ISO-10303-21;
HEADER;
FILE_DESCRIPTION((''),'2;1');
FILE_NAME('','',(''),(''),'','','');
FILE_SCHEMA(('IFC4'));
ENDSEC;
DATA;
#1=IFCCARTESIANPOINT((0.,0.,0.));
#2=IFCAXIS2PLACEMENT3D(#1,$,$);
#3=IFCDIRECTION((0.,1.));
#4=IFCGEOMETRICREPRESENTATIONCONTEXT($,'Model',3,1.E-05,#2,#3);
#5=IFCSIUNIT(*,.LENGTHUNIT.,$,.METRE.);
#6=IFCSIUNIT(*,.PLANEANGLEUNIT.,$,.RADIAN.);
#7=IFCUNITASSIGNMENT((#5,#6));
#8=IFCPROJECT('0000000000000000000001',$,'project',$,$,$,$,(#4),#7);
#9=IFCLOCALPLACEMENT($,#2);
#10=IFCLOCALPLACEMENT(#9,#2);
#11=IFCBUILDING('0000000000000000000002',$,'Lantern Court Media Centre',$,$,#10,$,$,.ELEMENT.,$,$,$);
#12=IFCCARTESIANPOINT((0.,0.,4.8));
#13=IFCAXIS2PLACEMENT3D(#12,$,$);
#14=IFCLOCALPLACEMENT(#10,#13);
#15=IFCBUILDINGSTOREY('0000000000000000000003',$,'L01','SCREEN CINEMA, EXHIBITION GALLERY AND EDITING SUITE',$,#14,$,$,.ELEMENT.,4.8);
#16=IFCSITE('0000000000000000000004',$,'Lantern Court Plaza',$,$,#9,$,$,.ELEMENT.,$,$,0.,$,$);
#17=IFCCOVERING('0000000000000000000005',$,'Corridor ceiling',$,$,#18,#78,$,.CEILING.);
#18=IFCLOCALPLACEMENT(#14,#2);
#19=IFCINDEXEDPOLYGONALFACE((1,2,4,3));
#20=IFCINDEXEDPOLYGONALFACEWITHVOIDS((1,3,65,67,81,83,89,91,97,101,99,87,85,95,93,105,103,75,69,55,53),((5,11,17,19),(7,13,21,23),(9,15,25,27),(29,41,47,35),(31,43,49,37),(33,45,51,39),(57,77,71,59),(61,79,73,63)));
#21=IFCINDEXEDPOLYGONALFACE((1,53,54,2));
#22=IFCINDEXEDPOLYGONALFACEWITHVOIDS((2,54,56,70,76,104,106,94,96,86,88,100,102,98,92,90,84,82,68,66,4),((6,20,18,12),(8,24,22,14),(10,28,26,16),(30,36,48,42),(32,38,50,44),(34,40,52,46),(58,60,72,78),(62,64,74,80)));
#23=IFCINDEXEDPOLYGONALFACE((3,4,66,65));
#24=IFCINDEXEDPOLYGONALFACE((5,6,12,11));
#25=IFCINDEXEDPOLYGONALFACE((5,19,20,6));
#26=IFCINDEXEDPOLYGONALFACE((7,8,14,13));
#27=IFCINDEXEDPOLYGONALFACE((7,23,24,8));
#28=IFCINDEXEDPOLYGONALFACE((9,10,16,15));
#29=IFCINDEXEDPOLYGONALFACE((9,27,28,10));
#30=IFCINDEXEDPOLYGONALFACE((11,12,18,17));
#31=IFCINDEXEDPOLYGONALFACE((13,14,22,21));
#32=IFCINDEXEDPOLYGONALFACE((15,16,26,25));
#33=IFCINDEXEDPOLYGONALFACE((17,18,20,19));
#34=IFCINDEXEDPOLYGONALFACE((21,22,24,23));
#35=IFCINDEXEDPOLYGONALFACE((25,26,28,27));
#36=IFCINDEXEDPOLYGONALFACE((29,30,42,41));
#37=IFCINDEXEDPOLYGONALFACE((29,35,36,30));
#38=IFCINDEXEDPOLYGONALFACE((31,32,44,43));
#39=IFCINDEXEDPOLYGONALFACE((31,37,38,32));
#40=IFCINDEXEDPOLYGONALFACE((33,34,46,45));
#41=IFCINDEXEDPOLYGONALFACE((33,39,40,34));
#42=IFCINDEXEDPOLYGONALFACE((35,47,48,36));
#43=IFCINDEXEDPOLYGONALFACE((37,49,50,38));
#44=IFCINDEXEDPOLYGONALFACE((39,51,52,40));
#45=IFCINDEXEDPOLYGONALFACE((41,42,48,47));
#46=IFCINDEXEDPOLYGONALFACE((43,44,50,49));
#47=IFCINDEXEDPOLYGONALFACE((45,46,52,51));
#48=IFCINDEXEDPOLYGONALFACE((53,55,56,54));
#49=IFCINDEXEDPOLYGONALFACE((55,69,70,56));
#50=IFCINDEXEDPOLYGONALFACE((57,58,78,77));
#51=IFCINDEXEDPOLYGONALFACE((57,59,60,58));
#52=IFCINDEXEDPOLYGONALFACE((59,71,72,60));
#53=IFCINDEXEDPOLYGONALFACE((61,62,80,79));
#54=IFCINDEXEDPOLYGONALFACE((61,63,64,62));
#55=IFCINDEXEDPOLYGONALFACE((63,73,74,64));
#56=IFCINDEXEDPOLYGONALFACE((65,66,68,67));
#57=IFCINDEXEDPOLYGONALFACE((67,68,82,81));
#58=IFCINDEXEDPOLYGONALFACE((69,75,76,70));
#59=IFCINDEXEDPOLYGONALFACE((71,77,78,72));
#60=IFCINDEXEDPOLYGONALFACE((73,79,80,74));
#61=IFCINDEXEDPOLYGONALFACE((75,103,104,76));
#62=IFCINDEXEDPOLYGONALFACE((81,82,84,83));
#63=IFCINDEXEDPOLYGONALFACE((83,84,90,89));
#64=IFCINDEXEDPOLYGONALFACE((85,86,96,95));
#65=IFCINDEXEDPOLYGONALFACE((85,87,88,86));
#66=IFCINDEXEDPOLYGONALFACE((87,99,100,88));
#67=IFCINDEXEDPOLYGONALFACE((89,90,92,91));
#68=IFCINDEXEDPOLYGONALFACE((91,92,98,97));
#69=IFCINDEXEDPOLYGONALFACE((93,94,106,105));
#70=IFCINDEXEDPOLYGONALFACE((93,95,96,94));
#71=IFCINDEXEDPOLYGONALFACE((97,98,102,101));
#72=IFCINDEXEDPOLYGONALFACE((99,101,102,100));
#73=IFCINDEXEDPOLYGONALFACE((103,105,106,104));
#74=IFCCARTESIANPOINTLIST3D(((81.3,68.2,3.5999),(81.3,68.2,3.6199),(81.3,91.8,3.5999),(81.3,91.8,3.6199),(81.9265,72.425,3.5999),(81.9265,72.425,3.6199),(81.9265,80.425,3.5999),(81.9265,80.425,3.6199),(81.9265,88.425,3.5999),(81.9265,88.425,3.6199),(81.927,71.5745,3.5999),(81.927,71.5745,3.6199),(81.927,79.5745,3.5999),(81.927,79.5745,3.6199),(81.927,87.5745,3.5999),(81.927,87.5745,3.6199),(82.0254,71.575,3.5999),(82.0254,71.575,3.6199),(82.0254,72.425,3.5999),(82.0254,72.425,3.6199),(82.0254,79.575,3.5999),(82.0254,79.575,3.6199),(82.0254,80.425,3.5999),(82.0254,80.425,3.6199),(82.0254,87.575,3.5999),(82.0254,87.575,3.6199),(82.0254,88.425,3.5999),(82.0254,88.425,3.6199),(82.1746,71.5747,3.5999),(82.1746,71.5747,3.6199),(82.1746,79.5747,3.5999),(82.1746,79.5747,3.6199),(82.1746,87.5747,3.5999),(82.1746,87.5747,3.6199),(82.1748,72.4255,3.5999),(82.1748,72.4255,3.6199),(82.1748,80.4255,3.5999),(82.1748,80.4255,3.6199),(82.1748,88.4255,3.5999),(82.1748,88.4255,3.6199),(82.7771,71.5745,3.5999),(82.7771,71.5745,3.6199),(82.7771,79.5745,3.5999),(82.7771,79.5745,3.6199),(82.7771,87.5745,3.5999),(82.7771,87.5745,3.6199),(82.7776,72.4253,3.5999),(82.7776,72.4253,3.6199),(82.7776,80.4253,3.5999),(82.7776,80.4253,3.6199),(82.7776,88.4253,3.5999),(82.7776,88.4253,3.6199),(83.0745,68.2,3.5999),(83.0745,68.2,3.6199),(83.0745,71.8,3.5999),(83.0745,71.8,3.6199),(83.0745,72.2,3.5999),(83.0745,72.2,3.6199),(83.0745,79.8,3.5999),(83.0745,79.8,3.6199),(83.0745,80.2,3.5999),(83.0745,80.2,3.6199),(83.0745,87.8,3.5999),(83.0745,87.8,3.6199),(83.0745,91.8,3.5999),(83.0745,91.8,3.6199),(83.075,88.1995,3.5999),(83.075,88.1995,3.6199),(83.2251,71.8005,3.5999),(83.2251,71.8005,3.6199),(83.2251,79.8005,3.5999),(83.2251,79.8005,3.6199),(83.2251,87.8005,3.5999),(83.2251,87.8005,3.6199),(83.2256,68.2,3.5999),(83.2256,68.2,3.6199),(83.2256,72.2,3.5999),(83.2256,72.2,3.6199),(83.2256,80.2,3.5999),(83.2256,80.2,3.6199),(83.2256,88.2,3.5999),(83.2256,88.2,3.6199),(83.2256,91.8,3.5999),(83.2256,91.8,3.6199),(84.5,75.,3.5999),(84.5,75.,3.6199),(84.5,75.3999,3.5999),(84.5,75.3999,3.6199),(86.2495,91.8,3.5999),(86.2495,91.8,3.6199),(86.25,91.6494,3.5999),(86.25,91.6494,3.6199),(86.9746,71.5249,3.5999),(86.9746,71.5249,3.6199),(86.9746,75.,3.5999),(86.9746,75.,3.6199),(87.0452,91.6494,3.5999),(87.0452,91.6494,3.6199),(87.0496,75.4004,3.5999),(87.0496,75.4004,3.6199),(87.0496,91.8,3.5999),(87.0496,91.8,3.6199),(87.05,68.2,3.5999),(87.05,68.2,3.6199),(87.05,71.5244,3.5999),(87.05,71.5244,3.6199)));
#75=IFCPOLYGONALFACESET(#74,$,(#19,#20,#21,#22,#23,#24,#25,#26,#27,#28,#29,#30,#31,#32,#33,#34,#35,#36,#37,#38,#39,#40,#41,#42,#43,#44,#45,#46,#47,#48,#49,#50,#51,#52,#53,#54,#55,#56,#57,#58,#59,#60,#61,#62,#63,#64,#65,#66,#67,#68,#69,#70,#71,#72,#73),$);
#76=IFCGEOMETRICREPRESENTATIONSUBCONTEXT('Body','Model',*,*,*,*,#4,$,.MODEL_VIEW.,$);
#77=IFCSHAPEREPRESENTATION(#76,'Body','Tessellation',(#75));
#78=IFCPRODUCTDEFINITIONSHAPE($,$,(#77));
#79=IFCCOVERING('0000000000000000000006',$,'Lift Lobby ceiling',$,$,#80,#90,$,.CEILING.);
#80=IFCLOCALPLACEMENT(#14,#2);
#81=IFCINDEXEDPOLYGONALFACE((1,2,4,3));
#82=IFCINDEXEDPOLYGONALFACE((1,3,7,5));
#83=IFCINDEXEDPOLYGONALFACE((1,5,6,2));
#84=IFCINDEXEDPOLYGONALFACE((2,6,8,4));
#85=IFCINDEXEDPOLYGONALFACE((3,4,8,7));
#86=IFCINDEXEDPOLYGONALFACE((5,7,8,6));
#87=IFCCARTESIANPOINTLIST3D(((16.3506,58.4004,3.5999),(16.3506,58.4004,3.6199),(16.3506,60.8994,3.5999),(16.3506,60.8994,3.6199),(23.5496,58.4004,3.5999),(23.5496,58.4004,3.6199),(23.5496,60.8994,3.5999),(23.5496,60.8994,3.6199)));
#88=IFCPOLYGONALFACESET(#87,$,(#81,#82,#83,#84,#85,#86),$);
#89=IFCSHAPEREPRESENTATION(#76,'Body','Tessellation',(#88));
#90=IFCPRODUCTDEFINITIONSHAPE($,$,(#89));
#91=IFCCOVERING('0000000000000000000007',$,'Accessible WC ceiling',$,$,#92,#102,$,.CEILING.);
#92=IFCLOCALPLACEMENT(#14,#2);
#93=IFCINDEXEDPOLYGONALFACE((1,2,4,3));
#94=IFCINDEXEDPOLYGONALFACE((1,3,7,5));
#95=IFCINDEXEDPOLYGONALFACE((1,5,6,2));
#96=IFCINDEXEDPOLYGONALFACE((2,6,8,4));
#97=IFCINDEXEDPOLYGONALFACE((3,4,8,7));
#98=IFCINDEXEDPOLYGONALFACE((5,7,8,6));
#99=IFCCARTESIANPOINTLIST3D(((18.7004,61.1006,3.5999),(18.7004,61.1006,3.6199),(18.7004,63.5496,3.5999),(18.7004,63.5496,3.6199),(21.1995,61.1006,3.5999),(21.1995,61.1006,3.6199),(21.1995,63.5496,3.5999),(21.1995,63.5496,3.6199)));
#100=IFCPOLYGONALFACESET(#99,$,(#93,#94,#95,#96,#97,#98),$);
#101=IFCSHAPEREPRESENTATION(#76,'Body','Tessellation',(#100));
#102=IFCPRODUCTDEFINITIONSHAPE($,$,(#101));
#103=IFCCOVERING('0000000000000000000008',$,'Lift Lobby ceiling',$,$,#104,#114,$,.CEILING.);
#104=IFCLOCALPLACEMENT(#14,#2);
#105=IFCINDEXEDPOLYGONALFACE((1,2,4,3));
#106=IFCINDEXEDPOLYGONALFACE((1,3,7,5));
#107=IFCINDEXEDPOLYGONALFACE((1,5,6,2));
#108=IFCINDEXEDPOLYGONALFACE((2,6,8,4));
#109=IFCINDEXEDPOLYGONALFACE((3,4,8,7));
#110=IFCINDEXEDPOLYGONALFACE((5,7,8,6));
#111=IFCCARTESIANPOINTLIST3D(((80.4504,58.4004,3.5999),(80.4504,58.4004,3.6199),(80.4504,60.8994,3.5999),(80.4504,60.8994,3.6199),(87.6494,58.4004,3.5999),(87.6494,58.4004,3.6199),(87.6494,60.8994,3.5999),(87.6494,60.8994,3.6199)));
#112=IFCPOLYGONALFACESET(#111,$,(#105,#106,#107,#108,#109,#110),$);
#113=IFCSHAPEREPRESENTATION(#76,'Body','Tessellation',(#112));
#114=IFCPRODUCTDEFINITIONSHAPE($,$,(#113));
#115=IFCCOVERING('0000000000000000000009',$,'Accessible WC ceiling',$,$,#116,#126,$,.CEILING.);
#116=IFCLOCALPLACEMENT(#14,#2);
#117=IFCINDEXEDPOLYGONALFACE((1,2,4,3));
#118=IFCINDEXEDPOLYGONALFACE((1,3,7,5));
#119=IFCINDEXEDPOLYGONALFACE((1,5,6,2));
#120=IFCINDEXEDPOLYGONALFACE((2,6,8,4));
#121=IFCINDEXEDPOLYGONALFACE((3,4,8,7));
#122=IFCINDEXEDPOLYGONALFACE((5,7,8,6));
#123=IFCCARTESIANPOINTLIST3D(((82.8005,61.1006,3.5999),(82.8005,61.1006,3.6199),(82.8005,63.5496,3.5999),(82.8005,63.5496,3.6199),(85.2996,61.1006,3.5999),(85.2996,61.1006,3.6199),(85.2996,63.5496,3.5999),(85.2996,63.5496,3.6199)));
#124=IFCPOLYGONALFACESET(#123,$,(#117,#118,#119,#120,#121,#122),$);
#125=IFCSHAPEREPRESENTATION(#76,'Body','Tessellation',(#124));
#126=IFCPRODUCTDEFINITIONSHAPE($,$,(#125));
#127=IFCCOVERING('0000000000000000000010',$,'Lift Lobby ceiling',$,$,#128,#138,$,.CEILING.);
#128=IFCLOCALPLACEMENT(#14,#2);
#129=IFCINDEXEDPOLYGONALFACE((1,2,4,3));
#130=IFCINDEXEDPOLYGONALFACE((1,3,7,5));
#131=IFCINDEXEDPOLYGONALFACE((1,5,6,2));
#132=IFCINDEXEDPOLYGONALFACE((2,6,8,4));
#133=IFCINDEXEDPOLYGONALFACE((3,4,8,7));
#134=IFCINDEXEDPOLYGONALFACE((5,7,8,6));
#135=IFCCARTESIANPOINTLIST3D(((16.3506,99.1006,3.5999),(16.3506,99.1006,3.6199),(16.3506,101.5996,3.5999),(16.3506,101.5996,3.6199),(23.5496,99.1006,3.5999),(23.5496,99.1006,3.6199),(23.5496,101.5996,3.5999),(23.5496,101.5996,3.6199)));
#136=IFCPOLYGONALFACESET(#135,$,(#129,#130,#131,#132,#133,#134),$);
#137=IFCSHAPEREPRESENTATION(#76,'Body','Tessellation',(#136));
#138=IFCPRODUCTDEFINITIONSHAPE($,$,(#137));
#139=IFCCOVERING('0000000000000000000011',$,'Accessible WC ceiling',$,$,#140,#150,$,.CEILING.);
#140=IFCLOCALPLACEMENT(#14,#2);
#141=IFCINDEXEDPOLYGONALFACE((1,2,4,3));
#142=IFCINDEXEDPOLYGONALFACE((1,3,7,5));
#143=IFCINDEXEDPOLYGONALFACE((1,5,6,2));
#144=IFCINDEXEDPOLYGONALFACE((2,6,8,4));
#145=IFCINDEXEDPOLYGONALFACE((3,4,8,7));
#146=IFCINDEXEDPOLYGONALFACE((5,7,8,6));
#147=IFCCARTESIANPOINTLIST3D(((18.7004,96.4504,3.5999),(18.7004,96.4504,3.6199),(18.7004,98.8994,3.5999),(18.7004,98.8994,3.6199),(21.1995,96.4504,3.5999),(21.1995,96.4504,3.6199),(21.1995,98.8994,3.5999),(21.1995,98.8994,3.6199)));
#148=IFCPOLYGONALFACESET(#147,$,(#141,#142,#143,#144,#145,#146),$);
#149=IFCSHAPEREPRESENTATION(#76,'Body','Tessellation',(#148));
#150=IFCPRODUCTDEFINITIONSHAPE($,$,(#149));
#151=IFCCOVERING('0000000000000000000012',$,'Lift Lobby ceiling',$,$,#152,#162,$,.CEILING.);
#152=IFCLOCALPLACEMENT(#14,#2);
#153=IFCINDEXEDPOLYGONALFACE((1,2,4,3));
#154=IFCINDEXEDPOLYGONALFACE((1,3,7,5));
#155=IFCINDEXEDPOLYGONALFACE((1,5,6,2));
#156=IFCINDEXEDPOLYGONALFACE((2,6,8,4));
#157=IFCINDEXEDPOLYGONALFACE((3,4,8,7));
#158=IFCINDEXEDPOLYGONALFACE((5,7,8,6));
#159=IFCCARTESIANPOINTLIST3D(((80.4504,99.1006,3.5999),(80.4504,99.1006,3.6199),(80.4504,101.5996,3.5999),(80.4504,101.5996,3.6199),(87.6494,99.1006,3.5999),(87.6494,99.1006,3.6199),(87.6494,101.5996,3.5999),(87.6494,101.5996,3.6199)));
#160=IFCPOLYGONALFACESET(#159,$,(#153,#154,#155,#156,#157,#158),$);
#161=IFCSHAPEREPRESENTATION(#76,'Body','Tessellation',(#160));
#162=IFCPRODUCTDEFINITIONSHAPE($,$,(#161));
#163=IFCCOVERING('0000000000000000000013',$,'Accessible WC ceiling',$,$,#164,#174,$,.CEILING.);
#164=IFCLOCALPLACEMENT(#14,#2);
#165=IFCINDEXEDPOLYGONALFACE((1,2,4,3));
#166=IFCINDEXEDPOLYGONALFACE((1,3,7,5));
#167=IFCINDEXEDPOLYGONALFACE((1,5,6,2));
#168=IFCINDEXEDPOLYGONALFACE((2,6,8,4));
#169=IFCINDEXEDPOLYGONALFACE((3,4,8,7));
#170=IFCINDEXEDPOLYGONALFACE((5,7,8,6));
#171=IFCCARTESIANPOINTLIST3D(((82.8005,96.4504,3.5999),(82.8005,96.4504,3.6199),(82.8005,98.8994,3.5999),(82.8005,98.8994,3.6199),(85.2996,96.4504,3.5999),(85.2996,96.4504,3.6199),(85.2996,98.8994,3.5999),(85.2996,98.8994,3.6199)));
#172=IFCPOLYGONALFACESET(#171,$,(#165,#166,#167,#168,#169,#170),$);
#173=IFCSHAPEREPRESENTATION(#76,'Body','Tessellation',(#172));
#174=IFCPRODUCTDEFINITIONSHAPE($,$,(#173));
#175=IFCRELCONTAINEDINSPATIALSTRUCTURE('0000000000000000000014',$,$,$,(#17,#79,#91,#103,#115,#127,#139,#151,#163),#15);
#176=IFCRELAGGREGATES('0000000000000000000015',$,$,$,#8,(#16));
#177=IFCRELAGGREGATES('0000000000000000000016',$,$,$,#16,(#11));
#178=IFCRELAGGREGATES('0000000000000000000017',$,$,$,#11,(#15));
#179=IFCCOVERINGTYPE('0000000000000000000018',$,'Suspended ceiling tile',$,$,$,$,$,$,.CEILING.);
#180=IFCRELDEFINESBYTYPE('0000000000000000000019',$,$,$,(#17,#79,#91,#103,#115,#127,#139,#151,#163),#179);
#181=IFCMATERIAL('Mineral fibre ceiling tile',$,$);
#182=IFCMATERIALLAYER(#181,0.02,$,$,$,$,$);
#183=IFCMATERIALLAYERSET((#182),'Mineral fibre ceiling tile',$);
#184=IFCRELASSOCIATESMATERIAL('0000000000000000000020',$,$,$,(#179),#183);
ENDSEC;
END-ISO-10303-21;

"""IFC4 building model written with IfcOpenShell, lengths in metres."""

from ifc_helpers import new_model, si_unit, direction, frame, origin, place, context, subcontext, project, spatial, polyline, outline, extrude, material, layer, layer_set, type_object, element, save


model = new_model("IFC4")

# Units and contexts
model_context = context("Model", 3, precision=1e-05, world=origin(), true_north=direction((0.0, 1.0)))
body_context = subcontext(model_context, "Body", "Model", "MODEL_VIEW")
ifc_project = project(units=[si_unit("LENGTHUNIT", "METRE"), si_unit("PLANEANGLEUNIT", "RADIAN")], contexts=[model_context])

# Site, building, storey
site_placement = place(None, origin())
site = spatial("IfcSite", under=ifc_project, at=site_placement, Name="Lantern Court Plaza", CompositionType="ELEMENT", RefElevation=0.0)
building_placement = place(site_placement, origin())
building = spatial("IfcBuilding", under=site, at=building_placement, Name="Lantern Court Media Centre", CompositionType="ELEMENT")
storey_placement = place(building_placement, frame((0.0, 0.0, 4.8)))
storey = spatial("IfcBuildingStorey", under=building, at=storey_placement, Name="L01", Description="SCREEN CINEMA, EXHIBITION GALLERY AND EDITING SUITE", CompositionType="ELEMENT", Elevation=4.8)

# Coverings
ifc_material = material(Name="Mineral fibre ceiling tile")
ifc_layer = layer(ifc_material, 0.02)
ifc_layer_set = layer_set([ifc_layer], Name="Mineral fibre ceiling tile")
covering_type = type_object("IfcCoveringType", Name="Suspended ceiling tile", PredefinedType="CEILING", material=ifc_layer_set)
covering_1_placement = place(storey_placement, frame((0.0, 0.0, 3.5999)))
element("IfcCovering", 1, at=covering_1_placement, inside=storey, type_object=covering_type, Name="Corridor ceiling", PredefinedType="CEILING", context=body_context, shape_type="SweptSolid", body=[
    extrude(outline(polyline([(84.5, 75.3999), (84.5, 75.0), (86.9746, 75.0), (86.9746, 71.5249), (87.05, 71.5244), (87.05, 68.2), (83.2256, 68.2), (83.2251, 71.8005), (83.0745, 71.8), (83.0745, 68.2), (81.3, 68.2), (81.3, 91.8), (83.0745, 91.8), (83.075, 88.1995), (83.2256, 88.2), (83.2256, 91.8), (86.2495, 91.8), (86.25, 91.6494), (87.0452, 91.6494), (87.0496, 91.8), (87.0496, 75.4004), (84.5, 75.3999)]), holes=[polyline([(83.0745, 80.2), (83.2256, 80.2), (83.2251, 87.8005), (83.0745, 87.8), (83.0745, 80.2)]), polyline([(83.0745, 72.2), (83.2256, 72.2), (83.2251, 79.8005), (83.0745, 79.8), (83.0745, 72.2)]), polyline([(82.7771, 71.5745), (82.7776, 72.4253), (82.1748, 72.4255), (82.1746, 71.5747), (82.7771, 71.5745)]), polyline([(82.7771, 79.5745), (82.7776, 80.4253), (82.1748, 80.4255), (82.1746, 79.5747), (82.7771, 79.5745)]), polyline([(82.7771, 87.5745), (82.7776, 88.4253), (82.1748, 88.4255), (82.1746, 87.5747), (82.7771, 87.5745)]), polyline([(82.0254, 72.425), (81.9265, 72.425), (81.927, 71.5745), (82.0254, 71.575), (82.0254, 72.425)]), polyline([(82.0254, 80.425), (81.9265, 80.425), (81.927, 79.5745), (82.0254, 79.575), (82.0254, 80.425)]), polyline([(82.0254, 88.425), (81.9265, 88.425), (81.927, 87.5745), (82.0254, 87.575), (82.0254, 88.425)])]), origin(), (0.0, 0.0, 1.0), 0.02),
])
covering_2_placement = place(storey_placement, frame((0.0, 0.0, 3.5999)))
element("IfcCovering", 2, at=covering_2_placement, inside=storey, type_object=covering_type, Name="Lift Lobby ceiling", PredefinedType="CEILING", context=body_context, shape_type="SweptSolid", body=[
    extrude(outline(polyline([(16.3506, 60.8994), (23.5496, 60.8994), (23.5496, 58.4004), (16.3506, 58.4004), (16.3506, 60.8994)])), origin(), (0.0, 0.0, 1.0), 0.02),
])
covering_3_placement = place(storey_placement, frame((0.0, 0.0, 3.5999)))
element("IfcCovering", 3, at=covering_3_placement, inside=storey, type_object=covering_type, Name="Accessible WC ceiling", PredefinedType="CEILING", context=body_context, shape_type="SweptSolid", body=[
    extrude(outline(polyline([(21.1995, 61.1006), (18.7004, 61.1006), (18.7004, 63.5496), (21.1995, 63.5496), (21.1995, 61.1006)])), origin(), (0.0, 0.0, 1.0), 0.02),
])
covering_4_placement = place(storey_placement, frame((0.0, 0.0, 3.5999)))
element("IfcCovering", 4, at=covering_4_placement, inside=storey, type_object=covering_type, Name="Lift Lobby ceiling", PredefinedType="CEILING", context=body_context, shape_type="SweptSolid", body=[
    extrude(outline(polyline([(80.4504, 58.4004), (80.4504, 60.8994), (87.6494, 60.8994), (87.6494, 58.4004), (80.4504, 58.4004)])), origin(), (0.0, 0.0, 1.0), 0.02),
])
covering_5_placement = place(storey_placement, frame((0.0, 0.0, 3.5999)))
element("IfcCovering", 5, at=covering_5_placement, inside=storey, type_object=covering_type, Name="Accessible WC ceiling", PredefinedType="CEILING", context=body_context, shape_type="SweptSolid", body=[
    extrude(outline(polyline([(85.2996, 63.5496), (85.2996, 61.1006), (82.8005, 61.1006), (82.8005, 63.5496), (85.2996, 63.5496)])), origin(), (0.0, 0.0, 1.0), 0.02),
])
covering_6_placement = place(storey_placement, frame((0.0, 0.0, 3.5999)))
element("IfcCovering", 6, at=covering_6_placement, inside=storey, type_object=covering_type, Name="Lift Lobby ceiling", PredefinedType="CEILING", context=body_context, shape_type="SweptSolid", body=[
    extrude(outline(polyline([(16.3506, 99.1006), (16.3506, 101.5996), (23.5496, 101.5996), (23.5496, 99.1006), (16.3506, 99.1006)])), origin(), (0.0, 0.0, 1.0), 0.02),
])
covering_7_placement = place(storey_placement, frame((0.0, 0.0, 3.5999)))
element("IfcCovering", 7, at=covering_7_placement, inside=storey, type_object=covering_type, Name="Accessible WC ceiling", PredefinedType="CEILING", context=body_context, shape_type="SweptSolid", body=[
    extrude(outline(polyline([(18.7004, 98.8994), (21.1995, 98.8994), (21.1995, 96.4504), (18.7004, 96.4504), (18.7004, 98.8994)])), origin(), (0.0, 0.0, 1.0), 0.02),
])
covering_8_placement = place(storey_placement, frame((0.0, 0.0, 3.5999)))
element("IfcCovering", 8, at=covering_8_placement, inside=storey, type_object=covering_type, Name="Lift Lobby ceiling", PredefinedType="CEILING", context=body_context, shape_type="SweptSolid", body=[
    extrude(outline(polyline([(80.4504, 99.1006), (80.4504, 101.5996), (87.6494, 101.5996), (87.6494, 99.1006), (80.4504, 99.1006)])), origin(), (0.0, 0.0, 1.0), 0.02),
])
covering_9_placement = place(storey_placement, frame((0.0, 0.0, 3.5999)))
element("IfcCovering", 9, at=covering_9_placement, inside=storey, type_object=covering_type, Name="Accessible WC ceiling", PredefinedType="CEILING", context=body_context, shape_type="SweptSolid", body=[
    extrude(outline(polyline([(82.8005, 96.4504), (82.8005, 98.8994), (85.2996, 98.8994), (85.2996, 96.4504), (82.8005, 96.4504)])), origin(), (0.0, 0.0, 1.0), 0.02),
])

save(model, "model.ifc")
